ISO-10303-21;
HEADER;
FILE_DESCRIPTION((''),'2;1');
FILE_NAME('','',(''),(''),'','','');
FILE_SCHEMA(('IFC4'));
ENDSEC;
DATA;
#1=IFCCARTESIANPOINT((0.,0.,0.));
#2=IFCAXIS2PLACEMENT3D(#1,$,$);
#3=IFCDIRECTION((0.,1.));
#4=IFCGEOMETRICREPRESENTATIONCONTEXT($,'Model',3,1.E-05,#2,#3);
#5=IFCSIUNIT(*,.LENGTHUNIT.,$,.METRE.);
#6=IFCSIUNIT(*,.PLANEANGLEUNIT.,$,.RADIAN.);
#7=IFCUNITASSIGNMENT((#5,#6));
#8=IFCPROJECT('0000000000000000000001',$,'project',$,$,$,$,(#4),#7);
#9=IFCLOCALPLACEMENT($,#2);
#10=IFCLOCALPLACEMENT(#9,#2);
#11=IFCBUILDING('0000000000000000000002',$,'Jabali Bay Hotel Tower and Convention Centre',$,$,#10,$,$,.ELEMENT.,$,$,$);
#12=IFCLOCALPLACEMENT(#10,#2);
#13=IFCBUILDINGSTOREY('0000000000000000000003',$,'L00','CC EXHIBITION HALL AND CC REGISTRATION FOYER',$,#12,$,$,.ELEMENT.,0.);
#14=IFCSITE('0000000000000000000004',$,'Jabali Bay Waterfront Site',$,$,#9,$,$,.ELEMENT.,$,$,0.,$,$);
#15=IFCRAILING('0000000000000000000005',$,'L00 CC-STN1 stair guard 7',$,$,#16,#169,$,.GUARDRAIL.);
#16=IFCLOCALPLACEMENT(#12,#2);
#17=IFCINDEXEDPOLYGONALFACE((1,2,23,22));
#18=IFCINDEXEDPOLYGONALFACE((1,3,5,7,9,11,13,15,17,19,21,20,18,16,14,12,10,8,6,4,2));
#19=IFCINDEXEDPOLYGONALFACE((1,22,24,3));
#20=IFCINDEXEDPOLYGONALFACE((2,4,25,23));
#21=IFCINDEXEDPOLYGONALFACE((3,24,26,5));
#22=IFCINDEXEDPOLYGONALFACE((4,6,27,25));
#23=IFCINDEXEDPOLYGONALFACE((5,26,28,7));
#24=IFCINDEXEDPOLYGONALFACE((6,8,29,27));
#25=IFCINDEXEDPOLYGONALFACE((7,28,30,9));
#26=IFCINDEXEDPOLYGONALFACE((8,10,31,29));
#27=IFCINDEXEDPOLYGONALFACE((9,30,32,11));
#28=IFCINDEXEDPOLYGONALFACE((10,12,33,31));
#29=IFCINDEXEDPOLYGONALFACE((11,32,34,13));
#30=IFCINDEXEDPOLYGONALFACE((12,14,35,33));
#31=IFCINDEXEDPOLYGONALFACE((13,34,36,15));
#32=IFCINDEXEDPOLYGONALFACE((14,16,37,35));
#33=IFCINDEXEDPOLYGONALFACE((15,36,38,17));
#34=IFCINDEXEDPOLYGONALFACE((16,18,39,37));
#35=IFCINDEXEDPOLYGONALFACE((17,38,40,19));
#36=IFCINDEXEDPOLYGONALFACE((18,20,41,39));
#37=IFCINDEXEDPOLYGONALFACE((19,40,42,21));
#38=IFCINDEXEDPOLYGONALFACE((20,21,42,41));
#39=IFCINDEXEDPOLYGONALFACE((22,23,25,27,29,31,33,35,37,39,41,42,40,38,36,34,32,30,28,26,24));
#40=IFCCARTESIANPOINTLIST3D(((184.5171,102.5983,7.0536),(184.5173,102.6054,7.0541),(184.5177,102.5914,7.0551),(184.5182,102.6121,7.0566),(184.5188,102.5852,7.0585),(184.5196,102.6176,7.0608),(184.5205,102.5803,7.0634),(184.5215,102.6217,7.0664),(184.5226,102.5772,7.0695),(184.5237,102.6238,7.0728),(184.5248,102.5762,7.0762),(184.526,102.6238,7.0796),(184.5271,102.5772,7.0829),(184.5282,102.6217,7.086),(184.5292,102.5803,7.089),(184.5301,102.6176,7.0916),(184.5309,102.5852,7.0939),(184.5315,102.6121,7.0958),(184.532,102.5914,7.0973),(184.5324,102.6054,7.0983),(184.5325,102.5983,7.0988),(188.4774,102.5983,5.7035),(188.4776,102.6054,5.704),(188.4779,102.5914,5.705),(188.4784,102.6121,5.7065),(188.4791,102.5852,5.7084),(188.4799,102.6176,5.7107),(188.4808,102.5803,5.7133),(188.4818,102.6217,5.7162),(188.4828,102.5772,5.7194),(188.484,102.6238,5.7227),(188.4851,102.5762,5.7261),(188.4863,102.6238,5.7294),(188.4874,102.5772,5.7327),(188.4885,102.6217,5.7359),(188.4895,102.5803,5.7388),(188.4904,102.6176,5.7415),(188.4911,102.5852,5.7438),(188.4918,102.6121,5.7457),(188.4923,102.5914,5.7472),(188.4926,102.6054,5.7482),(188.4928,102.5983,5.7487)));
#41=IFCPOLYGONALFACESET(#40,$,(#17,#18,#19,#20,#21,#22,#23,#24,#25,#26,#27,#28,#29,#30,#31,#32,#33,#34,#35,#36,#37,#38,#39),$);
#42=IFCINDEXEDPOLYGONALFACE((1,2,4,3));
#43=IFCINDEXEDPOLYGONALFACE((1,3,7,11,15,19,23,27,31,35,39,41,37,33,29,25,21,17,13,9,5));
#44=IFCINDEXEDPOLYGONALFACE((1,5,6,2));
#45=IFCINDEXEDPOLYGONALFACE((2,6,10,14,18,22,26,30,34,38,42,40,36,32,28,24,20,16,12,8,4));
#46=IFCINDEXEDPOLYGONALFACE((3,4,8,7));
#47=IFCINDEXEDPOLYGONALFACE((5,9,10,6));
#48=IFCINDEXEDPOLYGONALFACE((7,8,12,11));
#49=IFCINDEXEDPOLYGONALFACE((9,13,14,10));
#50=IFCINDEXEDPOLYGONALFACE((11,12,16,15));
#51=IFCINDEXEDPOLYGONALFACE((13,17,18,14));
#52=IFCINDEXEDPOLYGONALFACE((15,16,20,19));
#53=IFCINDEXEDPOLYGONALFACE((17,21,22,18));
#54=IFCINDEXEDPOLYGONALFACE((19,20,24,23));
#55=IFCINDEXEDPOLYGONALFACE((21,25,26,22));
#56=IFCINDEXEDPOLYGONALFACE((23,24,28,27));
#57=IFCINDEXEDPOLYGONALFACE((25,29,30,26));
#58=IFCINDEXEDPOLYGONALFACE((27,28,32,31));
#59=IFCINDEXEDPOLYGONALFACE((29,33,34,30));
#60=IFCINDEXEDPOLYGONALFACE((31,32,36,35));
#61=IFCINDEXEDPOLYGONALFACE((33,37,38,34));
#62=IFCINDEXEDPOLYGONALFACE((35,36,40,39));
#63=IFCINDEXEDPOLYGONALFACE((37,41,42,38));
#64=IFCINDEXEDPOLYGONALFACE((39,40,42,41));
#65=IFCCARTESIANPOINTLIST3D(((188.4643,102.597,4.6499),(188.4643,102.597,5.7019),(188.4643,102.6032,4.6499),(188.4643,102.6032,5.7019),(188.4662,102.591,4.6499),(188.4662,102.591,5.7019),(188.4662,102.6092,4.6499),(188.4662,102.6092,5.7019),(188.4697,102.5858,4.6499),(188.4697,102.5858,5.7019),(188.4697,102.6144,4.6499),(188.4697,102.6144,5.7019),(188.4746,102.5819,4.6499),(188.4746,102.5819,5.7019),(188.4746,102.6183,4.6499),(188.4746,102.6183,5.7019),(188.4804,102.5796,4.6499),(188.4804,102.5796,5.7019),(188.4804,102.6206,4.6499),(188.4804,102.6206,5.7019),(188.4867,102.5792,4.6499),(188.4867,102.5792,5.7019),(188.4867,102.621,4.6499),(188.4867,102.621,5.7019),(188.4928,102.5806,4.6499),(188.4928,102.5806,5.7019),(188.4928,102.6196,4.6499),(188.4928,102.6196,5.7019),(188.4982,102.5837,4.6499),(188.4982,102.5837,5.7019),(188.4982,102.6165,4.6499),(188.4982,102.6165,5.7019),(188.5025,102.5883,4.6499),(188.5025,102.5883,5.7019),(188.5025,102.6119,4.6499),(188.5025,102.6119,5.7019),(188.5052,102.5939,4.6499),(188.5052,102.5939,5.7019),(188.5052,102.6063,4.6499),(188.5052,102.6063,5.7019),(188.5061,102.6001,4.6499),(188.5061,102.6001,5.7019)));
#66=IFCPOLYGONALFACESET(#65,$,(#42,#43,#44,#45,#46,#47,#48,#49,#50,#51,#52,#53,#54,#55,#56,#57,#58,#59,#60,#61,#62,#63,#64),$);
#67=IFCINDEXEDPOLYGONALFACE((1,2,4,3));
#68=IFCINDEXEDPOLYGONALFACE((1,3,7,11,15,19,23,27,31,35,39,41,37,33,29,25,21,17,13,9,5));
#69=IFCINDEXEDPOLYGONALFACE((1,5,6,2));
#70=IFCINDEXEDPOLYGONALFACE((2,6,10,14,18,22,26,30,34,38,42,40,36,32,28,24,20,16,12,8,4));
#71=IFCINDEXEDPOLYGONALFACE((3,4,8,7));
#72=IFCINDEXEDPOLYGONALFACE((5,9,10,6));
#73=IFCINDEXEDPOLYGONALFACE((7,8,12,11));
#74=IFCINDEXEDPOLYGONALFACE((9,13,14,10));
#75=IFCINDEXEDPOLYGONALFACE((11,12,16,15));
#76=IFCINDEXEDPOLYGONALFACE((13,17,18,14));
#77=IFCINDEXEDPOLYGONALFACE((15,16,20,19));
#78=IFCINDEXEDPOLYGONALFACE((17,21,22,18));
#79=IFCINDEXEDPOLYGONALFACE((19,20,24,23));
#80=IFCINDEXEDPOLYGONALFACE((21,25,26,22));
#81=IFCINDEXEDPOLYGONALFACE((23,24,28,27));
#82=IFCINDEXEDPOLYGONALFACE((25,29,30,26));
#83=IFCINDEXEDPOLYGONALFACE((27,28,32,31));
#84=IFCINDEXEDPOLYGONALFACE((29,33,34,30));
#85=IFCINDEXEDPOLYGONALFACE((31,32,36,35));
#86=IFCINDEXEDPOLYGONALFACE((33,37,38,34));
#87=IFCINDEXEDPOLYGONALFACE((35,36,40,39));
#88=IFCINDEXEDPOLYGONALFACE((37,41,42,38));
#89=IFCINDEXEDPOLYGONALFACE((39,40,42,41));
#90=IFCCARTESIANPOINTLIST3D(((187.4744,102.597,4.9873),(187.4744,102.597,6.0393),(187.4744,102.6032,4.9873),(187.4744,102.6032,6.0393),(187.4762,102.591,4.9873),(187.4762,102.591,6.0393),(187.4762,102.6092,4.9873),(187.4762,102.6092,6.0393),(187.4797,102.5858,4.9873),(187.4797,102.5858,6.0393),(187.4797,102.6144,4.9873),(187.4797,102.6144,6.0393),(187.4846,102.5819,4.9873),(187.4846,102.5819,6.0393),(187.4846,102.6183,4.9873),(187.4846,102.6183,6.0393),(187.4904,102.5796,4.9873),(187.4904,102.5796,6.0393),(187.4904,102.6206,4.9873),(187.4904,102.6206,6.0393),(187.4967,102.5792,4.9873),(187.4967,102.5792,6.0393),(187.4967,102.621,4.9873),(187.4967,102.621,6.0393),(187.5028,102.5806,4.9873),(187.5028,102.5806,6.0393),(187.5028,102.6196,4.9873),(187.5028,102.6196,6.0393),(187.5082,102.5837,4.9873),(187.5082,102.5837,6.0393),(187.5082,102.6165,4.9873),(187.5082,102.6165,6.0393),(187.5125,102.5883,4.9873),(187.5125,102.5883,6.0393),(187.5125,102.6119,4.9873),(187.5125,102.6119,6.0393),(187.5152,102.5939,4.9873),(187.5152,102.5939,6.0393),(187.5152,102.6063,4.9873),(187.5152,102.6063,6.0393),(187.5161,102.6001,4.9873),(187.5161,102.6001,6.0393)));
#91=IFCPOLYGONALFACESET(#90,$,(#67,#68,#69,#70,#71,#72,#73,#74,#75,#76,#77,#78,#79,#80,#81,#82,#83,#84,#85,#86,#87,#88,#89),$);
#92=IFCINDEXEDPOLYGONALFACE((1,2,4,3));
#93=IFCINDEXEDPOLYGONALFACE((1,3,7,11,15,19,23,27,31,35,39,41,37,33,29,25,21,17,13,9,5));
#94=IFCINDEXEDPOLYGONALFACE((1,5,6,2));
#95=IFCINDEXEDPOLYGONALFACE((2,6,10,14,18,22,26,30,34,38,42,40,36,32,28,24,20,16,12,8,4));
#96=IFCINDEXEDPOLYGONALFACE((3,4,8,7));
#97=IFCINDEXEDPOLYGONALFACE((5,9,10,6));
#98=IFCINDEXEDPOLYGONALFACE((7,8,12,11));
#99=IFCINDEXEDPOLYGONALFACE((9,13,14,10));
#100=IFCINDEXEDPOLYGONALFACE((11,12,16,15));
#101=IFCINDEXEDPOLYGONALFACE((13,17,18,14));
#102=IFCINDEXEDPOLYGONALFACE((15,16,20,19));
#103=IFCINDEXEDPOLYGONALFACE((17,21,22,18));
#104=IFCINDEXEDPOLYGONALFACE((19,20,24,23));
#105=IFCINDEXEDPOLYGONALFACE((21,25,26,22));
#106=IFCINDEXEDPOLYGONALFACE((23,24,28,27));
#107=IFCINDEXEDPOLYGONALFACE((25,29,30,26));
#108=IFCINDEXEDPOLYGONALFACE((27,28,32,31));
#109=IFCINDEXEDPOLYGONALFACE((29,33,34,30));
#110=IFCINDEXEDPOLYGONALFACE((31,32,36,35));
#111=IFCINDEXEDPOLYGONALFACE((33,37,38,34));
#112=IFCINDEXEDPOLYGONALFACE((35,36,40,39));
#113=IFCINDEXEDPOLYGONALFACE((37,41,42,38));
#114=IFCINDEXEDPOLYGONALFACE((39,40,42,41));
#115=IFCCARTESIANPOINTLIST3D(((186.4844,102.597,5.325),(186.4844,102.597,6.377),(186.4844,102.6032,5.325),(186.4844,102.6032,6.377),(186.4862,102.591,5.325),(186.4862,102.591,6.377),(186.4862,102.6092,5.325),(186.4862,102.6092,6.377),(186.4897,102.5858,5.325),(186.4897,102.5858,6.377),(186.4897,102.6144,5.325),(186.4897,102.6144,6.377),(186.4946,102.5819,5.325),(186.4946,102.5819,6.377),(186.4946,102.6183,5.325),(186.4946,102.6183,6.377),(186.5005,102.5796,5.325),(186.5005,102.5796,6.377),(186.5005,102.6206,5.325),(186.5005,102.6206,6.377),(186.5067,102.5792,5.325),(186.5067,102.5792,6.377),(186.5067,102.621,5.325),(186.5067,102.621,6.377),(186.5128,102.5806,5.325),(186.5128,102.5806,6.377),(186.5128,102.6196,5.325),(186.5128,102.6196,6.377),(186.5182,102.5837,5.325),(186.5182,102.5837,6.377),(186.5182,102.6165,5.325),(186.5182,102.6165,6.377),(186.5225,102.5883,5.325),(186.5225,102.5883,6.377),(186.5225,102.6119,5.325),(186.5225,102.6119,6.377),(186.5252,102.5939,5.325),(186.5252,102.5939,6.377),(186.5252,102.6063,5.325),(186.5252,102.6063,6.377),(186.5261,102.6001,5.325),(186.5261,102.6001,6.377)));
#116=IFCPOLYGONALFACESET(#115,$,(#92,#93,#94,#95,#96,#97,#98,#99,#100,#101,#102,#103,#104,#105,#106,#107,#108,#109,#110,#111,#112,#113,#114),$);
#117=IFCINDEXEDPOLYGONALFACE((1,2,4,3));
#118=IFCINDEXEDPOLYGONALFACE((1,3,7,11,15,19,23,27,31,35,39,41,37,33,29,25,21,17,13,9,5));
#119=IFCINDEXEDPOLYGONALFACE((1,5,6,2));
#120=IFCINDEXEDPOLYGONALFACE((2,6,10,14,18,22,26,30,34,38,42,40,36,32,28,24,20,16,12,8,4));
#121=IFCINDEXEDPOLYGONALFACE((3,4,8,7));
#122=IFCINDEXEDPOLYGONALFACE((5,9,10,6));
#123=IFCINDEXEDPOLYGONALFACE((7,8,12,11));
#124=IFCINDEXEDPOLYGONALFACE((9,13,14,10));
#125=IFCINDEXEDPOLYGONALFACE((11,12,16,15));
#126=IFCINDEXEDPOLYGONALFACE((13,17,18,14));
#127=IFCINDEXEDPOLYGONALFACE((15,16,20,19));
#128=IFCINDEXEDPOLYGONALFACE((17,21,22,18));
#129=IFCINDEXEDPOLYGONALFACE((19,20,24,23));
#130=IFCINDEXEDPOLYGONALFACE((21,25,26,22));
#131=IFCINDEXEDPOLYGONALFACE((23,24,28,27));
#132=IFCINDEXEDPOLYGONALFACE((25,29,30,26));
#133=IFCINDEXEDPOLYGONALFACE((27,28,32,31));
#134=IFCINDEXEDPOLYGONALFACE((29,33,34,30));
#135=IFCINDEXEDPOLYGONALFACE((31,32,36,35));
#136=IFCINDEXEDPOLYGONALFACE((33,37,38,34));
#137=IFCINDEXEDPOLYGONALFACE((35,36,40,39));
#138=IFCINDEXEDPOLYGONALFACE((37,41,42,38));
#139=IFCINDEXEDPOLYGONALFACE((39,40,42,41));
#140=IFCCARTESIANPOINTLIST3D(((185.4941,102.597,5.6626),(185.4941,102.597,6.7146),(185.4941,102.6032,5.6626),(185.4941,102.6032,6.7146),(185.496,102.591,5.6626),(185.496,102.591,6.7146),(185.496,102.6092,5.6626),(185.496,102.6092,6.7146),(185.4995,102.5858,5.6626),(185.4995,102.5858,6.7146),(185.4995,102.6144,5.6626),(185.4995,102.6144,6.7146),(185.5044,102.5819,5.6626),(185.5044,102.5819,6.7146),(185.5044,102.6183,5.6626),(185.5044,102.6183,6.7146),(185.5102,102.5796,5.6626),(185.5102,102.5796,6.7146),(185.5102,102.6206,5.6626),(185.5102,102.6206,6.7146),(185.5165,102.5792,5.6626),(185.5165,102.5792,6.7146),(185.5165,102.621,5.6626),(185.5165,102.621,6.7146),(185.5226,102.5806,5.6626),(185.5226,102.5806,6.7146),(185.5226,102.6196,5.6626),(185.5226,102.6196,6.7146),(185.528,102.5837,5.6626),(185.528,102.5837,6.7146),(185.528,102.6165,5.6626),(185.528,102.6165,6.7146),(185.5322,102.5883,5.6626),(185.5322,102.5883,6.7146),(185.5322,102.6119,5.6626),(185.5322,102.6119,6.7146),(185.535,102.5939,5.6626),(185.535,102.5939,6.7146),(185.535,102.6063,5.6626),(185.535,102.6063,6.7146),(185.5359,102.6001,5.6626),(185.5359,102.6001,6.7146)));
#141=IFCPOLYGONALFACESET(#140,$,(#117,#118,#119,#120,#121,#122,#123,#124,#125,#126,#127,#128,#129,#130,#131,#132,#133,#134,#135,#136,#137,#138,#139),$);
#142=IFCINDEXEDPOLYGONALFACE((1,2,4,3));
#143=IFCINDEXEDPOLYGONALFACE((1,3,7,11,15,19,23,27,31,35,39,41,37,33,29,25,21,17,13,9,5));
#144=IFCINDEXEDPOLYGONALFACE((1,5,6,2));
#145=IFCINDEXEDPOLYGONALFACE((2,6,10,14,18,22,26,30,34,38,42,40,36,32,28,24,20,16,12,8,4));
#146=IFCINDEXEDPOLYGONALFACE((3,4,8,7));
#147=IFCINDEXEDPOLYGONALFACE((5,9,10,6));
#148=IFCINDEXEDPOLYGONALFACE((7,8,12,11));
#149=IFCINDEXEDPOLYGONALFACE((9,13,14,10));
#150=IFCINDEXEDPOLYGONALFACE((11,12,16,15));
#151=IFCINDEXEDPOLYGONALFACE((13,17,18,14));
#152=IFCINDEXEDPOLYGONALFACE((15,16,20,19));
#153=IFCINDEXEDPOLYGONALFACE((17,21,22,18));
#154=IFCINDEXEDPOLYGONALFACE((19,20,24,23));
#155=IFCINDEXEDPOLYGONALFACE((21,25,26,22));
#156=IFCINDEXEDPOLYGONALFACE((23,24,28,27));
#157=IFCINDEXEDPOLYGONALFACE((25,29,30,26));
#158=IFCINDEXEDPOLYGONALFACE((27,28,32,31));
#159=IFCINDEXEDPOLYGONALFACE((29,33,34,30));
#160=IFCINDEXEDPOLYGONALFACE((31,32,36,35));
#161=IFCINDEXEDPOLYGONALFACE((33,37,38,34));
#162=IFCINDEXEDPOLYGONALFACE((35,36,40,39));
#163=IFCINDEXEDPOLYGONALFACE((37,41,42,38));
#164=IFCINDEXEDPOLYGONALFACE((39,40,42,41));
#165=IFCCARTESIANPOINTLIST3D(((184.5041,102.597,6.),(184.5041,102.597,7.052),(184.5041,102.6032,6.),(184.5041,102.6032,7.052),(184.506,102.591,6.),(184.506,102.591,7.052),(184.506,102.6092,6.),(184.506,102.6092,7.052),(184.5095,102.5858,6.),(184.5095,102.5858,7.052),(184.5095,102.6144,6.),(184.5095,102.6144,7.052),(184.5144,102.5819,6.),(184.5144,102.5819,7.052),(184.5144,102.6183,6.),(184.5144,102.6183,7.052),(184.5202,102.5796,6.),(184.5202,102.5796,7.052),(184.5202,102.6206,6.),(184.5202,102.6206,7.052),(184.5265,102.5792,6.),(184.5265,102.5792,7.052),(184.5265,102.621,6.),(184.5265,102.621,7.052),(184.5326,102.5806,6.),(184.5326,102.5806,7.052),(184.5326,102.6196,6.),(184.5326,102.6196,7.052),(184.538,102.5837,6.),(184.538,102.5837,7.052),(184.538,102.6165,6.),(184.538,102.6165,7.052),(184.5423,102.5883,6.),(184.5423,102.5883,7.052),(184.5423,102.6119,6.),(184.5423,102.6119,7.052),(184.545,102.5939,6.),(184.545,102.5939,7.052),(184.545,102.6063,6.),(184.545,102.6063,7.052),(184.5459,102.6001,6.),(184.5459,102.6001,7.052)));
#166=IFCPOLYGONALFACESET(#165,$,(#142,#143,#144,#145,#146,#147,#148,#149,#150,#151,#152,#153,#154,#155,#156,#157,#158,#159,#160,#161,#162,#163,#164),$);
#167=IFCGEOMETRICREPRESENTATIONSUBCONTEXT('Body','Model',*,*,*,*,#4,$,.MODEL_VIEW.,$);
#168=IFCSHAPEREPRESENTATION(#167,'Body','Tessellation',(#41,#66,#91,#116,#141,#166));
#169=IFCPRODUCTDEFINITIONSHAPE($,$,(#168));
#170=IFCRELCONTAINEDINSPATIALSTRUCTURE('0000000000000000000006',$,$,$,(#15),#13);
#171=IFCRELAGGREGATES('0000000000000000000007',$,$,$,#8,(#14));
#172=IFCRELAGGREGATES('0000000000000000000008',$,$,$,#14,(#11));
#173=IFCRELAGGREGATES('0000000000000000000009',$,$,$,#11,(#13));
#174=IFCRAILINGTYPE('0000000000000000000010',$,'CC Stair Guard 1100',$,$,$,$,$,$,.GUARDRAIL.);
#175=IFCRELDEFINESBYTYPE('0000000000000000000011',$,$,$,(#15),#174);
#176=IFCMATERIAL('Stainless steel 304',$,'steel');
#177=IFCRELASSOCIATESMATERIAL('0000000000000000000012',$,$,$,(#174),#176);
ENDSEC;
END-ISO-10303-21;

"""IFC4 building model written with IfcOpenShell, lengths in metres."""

from ifc_helpers import new_model, si_unit, direction, frame, origin, origin_2d, place, context, subcontext, project, spatial, circle, extrude, material, type_object, element, save


model = new_model("IFC4")

# Units and contexts
model_context = context("Model", 3, precision=1e-05, world=origin(), true_north=direction((0.0, 1.0)))
body_context = subcontext(model_context, "Body", "Model", "MODEL_VIEW")
ifc_project = project(units=[si_unit("LENGTHUNIT", "METRE"), si_unit("PLANEANGLEUNIT", "RADIAN")], contexts=[model_context])

# Site, building, storey
site_placement = place(None, origin())
site = spatial("IfcSite", under=ifc_project, at=site_placement, Name="Jabali Bay Waterfront Site", CompositionType="ELEMENT", RefElevation=0.0)
building_placement = place(site_placement, origin())
building = spatial("IfcBuilding", under=site, at=building_placement, Name="Jabali Bay Hotel Tower and Convention Centre", CompositionType="ELEMENT")
storey_placement = place(building_placement, origin())
storey = spatial("IfcBuildingStorey", under=building, at=storey_placement, Name="L00", Description="CC EXHIBITION HALL AND CC REGISTRATION FOYER", CompositionType="ELEMENT", Elevation=0.0)

# Railing
ifc_material_1 = material(Name="Stainless steel 304", Category="steel")
railing_type_1 = type_object("IfcRailingType", Name="CC Stair Guard 1100", PredefinedType="GUARDRAIL", material=ifc_material_1)
railing_1_placement = place(storey_placement, frame((188.4851, 102.6001, 4.6499)))
element("IfcRailing", 1, at=railing_1_placement, inside=storey, type_object=railing_type_1, Name="L00 CC-STN1 stair guard 7", PredefinedType="GUARDRAIL", context=body_context, shape_type="SweptSolid", body=[
    extrude(circle(Radius=0.0239, at=origin_2d()), frame((0.0, 0.0, 1.0762), z_axis=(-0.946508, 0.0, 0.32268), x_axis=(0.0, -1.0, 0.0)), (0.0, 0.0, 1.0), 4.1841),
    extrude(circle(Radius=0.021, at=origin_2d()), origin(), (0.0, 0.0, 1.0), 1.052),
    extrude(circle(Radius=0.021, at=origin_2d()), frame((-0.99, 0.0, 0.3374)), (0.0, 0.0, 1.0), 1.052),
    extrude(circle(Radius=0.021, at=origin_2d()), frame((-1.98, 0.0, 0.675)), (0.0, 0.0, 1.0), 1.052),
    extrude(circle(Radius=0.021, at=origin_2d()), frame((-2.9702, 0.0, 1.0127)), (0.0, 0.0, 1.0), 1.052),
    extrude(circle(Radius=0.021, at=origin_2d()), frame((-3.9602, 0.0, 1.3501)), (0.0, 0.0, 1.0), 1.052),
])

save(model, "model.ifc")
